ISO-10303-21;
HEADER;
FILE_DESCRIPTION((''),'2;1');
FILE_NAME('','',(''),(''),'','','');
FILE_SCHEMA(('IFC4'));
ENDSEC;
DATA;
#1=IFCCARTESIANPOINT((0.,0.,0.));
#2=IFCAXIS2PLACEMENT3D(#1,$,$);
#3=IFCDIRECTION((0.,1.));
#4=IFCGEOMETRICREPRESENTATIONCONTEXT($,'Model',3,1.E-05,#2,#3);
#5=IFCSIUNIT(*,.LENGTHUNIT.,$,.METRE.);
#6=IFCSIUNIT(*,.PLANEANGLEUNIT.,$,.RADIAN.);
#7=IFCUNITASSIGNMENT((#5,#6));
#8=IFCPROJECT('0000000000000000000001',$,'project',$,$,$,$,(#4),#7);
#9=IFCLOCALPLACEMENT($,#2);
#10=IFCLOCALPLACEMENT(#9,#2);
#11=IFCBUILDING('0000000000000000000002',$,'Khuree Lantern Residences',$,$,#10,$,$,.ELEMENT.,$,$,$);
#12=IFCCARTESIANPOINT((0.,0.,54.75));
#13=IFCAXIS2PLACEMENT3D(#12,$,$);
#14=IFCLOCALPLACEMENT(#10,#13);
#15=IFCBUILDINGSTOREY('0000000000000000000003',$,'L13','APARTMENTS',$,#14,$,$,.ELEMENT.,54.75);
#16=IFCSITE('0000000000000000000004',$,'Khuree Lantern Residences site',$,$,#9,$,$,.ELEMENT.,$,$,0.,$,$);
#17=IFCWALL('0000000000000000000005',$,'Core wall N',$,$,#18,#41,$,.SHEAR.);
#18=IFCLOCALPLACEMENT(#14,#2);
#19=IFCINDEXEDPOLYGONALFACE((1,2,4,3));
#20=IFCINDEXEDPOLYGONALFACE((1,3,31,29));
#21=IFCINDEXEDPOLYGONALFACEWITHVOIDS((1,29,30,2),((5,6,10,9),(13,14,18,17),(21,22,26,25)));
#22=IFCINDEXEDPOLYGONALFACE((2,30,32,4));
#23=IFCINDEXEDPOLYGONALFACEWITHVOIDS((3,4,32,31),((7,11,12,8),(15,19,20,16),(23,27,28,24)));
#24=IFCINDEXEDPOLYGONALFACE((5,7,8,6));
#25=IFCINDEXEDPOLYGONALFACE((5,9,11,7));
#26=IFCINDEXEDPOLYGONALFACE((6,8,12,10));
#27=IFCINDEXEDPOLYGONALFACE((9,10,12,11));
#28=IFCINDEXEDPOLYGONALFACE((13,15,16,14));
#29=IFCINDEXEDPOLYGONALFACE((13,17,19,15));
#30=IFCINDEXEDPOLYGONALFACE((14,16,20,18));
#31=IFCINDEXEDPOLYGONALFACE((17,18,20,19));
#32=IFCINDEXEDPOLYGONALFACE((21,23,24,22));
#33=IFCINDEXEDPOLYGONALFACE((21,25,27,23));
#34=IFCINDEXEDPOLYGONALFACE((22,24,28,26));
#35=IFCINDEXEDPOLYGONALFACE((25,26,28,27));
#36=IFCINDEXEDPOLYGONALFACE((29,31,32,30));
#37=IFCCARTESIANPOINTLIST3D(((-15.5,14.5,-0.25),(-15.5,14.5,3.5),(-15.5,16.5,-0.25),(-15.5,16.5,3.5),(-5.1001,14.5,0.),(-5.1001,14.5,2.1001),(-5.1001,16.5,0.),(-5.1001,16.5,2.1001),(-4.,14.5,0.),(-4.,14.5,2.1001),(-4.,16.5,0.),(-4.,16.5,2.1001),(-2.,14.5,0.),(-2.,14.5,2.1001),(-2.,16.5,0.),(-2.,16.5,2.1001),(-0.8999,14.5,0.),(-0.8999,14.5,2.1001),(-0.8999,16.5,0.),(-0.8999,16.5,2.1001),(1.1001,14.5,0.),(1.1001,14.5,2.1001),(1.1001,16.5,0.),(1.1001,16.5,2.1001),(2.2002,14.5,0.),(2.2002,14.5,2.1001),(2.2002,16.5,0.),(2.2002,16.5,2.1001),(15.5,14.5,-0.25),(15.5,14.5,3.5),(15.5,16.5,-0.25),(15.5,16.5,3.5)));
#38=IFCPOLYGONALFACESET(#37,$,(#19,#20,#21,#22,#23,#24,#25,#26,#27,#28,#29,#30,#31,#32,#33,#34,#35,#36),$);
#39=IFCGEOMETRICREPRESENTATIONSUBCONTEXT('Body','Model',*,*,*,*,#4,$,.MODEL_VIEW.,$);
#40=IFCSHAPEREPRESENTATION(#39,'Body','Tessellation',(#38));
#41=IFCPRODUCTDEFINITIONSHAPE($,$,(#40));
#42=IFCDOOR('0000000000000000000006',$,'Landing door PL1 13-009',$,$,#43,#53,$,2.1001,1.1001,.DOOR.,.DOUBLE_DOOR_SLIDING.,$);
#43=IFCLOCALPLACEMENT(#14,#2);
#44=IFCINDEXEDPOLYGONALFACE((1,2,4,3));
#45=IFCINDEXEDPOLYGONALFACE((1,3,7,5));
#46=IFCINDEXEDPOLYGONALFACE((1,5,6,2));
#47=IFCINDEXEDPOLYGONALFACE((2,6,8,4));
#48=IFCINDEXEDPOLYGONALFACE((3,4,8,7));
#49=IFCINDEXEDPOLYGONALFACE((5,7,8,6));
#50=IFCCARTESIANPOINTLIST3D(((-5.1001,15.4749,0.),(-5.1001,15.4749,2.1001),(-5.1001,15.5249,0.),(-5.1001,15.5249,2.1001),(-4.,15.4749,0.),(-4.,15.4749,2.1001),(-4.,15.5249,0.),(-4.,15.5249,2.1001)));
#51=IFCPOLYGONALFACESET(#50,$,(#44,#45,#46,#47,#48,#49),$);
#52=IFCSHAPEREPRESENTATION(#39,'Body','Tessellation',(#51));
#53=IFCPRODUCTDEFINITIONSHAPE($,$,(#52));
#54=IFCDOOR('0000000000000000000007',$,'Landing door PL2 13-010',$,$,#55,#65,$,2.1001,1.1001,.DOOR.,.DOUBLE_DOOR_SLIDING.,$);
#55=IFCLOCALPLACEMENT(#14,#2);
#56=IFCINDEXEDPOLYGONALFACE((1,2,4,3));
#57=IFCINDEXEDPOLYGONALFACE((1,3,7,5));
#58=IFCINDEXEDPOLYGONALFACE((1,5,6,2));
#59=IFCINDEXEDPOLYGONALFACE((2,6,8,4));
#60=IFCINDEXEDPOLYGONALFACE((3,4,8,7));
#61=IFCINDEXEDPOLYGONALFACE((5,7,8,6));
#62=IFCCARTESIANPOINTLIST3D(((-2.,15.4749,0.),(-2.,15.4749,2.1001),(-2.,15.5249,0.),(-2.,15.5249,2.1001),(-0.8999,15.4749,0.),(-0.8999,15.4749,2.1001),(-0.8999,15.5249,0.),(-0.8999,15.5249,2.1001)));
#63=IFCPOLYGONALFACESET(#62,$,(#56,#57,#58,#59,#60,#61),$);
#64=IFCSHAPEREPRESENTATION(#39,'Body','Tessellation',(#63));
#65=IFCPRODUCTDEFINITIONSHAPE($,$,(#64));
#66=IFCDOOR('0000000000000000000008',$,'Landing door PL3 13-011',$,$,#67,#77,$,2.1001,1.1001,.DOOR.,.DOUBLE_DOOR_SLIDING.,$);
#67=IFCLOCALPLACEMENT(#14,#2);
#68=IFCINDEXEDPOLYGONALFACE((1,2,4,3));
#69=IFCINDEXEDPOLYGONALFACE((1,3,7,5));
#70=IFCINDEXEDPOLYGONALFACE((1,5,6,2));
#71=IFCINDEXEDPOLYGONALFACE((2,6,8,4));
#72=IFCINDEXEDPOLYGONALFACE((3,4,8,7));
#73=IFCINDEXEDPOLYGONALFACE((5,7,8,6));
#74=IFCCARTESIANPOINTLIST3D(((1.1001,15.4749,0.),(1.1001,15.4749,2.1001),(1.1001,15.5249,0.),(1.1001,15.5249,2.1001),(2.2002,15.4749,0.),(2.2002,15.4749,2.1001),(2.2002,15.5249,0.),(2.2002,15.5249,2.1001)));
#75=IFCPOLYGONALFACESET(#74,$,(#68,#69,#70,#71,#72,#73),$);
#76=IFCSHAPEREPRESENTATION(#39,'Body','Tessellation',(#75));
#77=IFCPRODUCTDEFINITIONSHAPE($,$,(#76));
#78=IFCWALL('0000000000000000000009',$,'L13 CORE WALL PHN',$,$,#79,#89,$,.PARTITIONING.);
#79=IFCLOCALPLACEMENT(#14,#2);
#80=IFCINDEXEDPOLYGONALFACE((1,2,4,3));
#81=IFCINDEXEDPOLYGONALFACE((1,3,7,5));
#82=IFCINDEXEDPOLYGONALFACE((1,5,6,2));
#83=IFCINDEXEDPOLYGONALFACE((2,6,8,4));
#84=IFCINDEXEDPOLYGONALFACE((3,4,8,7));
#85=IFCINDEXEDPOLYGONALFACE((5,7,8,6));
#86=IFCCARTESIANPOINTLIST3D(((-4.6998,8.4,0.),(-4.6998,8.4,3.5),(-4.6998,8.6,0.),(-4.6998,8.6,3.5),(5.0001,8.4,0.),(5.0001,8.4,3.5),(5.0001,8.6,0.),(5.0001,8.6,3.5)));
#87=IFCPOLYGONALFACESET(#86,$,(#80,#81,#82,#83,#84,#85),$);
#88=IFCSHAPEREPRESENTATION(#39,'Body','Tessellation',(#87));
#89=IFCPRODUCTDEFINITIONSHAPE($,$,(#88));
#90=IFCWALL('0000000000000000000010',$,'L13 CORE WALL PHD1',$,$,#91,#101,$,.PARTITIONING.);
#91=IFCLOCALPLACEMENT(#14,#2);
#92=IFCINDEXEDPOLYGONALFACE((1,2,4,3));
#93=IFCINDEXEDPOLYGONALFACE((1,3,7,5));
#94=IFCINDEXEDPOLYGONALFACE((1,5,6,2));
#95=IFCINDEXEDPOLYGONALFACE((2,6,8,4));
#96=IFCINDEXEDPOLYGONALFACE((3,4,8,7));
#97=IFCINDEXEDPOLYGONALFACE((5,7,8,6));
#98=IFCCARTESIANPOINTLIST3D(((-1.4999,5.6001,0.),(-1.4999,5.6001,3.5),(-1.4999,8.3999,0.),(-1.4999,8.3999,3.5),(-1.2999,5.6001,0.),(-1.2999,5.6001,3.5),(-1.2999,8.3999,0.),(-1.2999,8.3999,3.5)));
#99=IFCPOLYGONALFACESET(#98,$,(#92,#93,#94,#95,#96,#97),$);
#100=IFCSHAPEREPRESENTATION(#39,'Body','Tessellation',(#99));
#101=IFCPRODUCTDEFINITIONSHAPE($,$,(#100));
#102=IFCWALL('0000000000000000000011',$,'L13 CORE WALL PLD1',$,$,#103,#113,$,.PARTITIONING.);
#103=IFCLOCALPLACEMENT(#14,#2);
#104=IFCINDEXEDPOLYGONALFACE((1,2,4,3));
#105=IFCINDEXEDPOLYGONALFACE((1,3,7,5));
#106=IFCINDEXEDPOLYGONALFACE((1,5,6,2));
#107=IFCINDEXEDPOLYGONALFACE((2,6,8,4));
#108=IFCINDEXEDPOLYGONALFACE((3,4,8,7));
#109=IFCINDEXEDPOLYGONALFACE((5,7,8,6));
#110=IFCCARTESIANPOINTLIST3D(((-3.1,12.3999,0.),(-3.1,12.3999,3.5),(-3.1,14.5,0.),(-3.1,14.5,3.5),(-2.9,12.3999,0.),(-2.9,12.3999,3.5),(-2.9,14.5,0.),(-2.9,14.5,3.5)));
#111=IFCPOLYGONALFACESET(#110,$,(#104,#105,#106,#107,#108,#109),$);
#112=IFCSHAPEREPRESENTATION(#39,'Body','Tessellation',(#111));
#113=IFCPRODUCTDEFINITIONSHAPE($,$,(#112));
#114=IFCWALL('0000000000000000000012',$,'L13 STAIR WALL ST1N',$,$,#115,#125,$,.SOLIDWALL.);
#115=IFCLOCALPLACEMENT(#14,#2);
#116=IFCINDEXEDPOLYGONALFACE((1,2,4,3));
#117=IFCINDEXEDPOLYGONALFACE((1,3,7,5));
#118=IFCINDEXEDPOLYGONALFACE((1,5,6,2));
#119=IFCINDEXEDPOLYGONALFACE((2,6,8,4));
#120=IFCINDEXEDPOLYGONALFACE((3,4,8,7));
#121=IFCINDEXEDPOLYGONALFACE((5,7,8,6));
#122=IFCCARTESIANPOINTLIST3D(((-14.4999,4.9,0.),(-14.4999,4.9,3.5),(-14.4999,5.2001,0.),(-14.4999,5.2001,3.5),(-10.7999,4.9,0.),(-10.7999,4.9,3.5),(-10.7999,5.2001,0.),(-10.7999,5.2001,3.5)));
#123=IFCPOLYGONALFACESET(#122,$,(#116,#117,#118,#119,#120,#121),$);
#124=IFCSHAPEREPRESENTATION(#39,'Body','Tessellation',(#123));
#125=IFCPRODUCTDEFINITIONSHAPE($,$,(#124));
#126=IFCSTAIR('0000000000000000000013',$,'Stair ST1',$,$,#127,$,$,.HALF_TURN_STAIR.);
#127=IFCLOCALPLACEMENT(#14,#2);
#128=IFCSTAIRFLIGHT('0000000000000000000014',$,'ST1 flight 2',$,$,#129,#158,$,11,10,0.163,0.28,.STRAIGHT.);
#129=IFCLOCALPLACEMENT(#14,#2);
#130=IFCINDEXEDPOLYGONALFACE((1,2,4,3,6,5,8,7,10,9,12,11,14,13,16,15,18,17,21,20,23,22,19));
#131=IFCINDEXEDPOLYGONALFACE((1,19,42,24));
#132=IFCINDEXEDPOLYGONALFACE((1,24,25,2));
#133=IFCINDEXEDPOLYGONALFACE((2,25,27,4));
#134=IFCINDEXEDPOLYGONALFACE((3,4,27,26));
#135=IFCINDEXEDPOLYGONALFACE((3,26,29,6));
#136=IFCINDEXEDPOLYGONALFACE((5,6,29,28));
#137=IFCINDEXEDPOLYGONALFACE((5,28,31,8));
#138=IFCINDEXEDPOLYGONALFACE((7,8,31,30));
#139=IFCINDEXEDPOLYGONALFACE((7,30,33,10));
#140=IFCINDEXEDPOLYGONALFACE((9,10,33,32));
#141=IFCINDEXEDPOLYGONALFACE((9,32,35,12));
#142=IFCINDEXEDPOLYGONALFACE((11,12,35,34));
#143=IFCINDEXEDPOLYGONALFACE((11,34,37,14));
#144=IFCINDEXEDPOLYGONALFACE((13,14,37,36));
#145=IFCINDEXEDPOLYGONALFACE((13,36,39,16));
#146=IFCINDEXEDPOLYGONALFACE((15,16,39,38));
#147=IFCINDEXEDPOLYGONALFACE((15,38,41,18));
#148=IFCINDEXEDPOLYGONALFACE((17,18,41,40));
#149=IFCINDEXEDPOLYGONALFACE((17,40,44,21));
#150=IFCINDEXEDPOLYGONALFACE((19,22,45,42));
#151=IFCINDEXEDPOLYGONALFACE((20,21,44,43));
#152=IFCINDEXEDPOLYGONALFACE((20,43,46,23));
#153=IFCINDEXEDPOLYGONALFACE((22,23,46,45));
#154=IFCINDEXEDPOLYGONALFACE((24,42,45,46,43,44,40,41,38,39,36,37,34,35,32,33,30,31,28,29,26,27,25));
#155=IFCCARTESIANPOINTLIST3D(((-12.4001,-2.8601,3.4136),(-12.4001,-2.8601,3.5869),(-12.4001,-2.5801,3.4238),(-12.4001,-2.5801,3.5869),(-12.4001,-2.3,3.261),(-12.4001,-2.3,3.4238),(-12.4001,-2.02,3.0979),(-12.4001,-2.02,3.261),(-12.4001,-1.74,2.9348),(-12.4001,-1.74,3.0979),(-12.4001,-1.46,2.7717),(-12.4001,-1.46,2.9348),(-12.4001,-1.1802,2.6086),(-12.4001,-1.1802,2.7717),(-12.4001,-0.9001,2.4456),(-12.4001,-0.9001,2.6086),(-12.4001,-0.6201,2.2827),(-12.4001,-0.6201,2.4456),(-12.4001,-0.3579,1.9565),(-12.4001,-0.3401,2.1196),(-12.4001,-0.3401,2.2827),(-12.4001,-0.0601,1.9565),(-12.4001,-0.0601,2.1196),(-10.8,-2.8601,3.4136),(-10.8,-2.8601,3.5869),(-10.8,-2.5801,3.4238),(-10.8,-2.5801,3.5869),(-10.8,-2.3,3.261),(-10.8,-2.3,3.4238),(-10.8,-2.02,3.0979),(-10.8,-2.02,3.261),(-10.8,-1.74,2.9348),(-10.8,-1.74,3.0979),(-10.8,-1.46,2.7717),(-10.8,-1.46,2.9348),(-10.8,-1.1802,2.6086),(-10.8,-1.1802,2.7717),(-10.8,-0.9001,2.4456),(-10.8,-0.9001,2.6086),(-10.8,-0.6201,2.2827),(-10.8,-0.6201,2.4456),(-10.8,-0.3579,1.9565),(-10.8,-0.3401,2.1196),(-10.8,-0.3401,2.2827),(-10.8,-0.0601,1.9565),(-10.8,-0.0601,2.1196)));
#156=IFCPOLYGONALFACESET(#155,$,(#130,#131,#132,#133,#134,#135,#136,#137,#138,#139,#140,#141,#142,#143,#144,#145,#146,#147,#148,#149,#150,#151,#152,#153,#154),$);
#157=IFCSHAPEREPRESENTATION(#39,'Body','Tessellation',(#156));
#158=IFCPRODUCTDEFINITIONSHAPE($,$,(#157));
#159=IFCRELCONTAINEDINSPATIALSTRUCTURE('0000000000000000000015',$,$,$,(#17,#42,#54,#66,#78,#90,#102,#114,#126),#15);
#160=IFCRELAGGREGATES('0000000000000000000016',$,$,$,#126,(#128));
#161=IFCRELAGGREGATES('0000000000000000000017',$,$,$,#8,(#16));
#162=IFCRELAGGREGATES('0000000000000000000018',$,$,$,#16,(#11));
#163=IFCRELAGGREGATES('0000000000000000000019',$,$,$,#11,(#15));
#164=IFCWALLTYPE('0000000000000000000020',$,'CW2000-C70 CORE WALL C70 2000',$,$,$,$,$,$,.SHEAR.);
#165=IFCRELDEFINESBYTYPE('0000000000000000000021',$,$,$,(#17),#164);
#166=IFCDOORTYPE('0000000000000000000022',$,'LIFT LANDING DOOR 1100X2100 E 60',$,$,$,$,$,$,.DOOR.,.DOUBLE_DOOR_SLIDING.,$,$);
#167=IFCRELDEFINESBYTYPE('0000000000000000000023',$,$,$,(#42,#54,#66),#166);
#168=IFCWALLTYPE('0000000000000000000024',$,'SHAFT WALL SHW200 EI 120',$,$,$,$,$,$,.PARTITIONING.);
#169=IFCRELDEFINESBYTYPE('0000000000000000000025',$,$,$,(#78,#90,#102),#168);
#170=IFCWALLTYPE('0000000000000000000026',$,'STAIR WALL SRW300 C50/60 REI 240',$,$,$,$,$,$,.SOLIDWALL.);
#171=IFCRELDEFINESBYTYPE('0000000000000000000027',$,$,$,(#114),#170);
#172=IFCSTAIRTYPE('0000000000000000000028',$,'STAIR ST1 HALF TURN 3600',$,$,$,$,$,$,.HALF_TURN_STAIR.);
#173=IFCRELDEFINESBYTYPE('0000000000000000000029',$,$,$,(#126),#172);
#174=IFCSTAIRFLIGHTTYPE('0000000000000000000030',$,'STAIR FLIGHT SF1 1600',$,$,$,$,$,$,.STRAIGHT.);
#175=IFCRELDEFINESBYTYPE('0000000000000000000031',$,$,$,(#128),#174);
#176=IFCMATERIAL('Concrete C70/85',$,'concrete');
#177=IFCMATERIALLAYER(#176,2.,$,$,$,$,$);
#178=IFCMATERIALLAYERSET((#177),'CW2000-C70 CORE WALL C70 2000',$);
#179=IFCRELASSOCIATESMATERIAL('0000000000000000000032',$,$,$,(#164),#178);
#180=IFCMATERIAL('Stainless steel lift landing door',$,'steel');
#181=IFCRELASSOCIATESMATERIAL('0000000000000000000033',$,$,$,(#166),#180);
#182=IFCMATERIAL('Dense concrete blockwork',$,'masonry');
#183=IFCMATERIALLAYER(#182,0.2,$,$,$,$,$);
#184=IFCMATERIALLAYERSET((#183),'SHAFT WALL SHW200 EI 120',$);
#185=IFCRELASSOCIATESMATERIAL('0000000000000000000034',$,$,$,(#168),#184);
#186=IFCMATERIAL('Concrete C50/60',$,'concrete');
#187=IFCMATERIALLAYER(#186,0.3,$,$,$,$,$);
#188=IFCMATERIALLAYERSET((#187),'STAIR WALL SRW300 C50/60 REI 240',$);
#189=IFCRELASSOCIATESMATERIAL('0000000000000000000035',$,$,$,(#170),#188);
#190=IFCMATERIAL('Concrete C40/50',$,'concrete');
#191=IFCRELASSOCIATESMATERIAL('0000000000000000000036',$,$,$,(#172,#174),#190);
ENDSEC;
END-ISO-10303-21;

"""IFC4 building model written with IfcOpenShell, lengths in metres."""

from ifc_helpers import new_model, si_unit, direction, frame, frame_2d, origin, place, context, subcontext, project, spatial, polyline, rectangle, outline, extrude, material, layer, layer_set, type_object, element, fill, aggregate, save


model = new_model("IFC4")

# Units and contexts
model_context = context("Model", 3, precision=1e-05, world=origin(), true_north=direction((0.0, 1.0)))
body_context = subcontext(model_context, "Body", "Model", "MODEL_VIEW")
ifc_project = project(units=[si_unit("LENGTHUNIT", "METRE"), si_unit("PLANEANGLEUNIT", "RADIAN")], contexts=[model_context])

# Site, building, storey
site_placement = place(None, origin())
site = spatial("IfcSite", under=ifc_project, at=site_placement, Name="Khuree Lantern Residences site", CompositionType="ELEMENT", RefElevation=0.0)
building_placement = place(site_placement, origin())
building = spatial("IfcBuilding", under=site, at=building_placement, Name="Khuree Lantern Residences", CompositionType="ELEMENT")
storey_placement = place(building_placement, frame((0.0, 0.0, 54.75)))
storey = spatial("IfcBuildingStorey", under=building, at=storey_placement, Name="L13", Description="APARTMENTS", CompositionType="ELEMENT", Elevation=54.75)

# Shared definitions
ifc_material_1 = material(Name="Dense concrete blockwork", Category="masonry")

# Wall, openings, doors
ifc_material_2 = material(Name="Concrete C70/85", Category="concrete")
ifc_layer_1 = layer(ifc_material_2, 2.0)
ifc_layer_set_1 = layer_set([ifc_layer_1], Name="CW2000-C70 CORE WALL C70 2000")
wall_type_1 = type_object("IfcWallType", Name="CW2000-C70 CORE WALL C70 2000", PredefinedType="SHEAR", material=ifc_layer_set_1)
wall_1_placement = place(storey_placement, frame((-15.5, 15.5, -0.25), z_axis=(0.0, 0.0, 1.0), x_axis=(1.0, 0.0, 0.0)))
wall_1 = element("IfcWall", 1, at=wall_1_placement, inside=storey, type_object=wall_type_1, Name="Core wall N", PredefinedType="SHEAR", context=body_context, shape_type="SweptSolid", body=[
    extrude(rectangle(XDim=31.0, YDim=2.0, at=frame_2d((15.5, 0.0))), origin(), (0.0, 0.0, 1.0), 3.75),
])
opening_1_placement = place(wall_1_placement, frame((10.3999, 0.0, 0.25)))
opening_1 = element("IfcOpeningElement", 2, at=opening_1_placement, cuts=wall_1, PredefinedType="OPENING", context=body_context, shape_type="SweptSolid", body=[
    extrude(rectangle(XDim=1.1001, YDim=2.1001, at=frame_2d((0.55, 1.05))), frame((0.0, 1.01, 0.0), z_axis=(0.0, -1.0, 0.0), x_axis=(1.0, 0.0, 0.0)), (0.0, 0.0, 1.0), 2.02),
])
opening_2_placement = place(wall_1_placement, frame((13.5, 0.0, 0.25)))
opening_2 = element("IfcOpeningElement", 3, at=opening_2_placement, cuts=wall_1, PredefinedType="OPENING", context=body_context, shape_type="SweptSolid", body=[
    extrude(rectangle(XDim=1.1001, YDim=2.1001, at=frame_2d((0.55, 1.05))), frame((0.0, 1.01, 0.0), z_axis=(0.0, -1.0, 0.0), x_axis=(1.0, 0.0, 0.0)), (0.0, 0.0, 1.0), 2.02),
])
opening_3_placement = place(wall_1_placement, frame((16.6001, 0.0, 0.25)))
opening_3 = element("IfcOpeningElement", 4, at=opening_3_placement, cuts=wall_1, PredefinedType="OPENING", context=body_context, shape_type="SweptSolid", body=[
    extrude(rectangle(XDim=1.1001, YDim=2.1001, at=frame_2d((0.55, 1.05))), frame((0.0, 1.01, 0.0), z_axis=(0.0, -1.0, 0.0), x_axis=(1.0, 0.0, 0.0)), (0.0, 0.0, 1.0), 2.02),
])
ifc_material_3 = material(Name="Stainless steel lift landing door", Category="steel")
door_type_1 = type_object("IfcDoorType", Name="LIFT LANDING DOOR 1100X2100 E 60", OperationType="DOUBLE_DOOR_SLIDING", PredefinedType="DOOR", material=ifc_material_3)
door_1_placement = place(opening_1_placement, origin())
door_1 = element("IfcDoor", 5, at=door_1_placement, inside=storey, type_object=door_type_1, Name="Landing door PL1 13-009", OperationType="DOUBLE_DOOR_SLIDING", OverallHeight=2.1001, OverallWidth=1.1001, PredefinedType="DOOR", context=body_context, shape_type="SweptSolid", body=[
    extrude(rectangle(XDim=1.1001, YDim=2.1001, at=frame_2d((0.55, 1.05))), frame((0.0, 0.0249, 0.0), z_axis=(0.0, -1.0, 0.0), x_axis=(1.0, 0.0, 0.0)), (0.0, 0.0, 1.0), 0.05),
])
fill(opening_1, door_1)
door_2_placement = place(opening_2_placement, origin())
door_2 = element("IfcDoor", 6, at=door_2_placement, inside=storey, type_object=door_type_1, Name="Landing door PL2 13-010", OperationType="DOUBLE_DOOR_SLIDING", OverallHeight=2.1001, OverallWidth=1.1001, PredefinedType="DOOR", context=body_context, shape_type="SweptSolid", body=[
    extrude(rectangle(XDim=1.1001, YDim=2.1001, at=frame_2d((0.55, 1.05))), frame((0.0, 0.0249, 0.0), z_axis=(0.0, -1.0, 0.0), x_axis=(1.0, 0.0, 0.0)), (0.0, 0.0, 1.0), 0.05),
])
fill(opening_2, door_2)
door_3_placement = place(opening_3_placement, origin())
door_3 = element("IfcDoor", 7, at=door_3_placement, inside=storey, type_object=door_type_1, Name="Landing door PL3 13-011", OperationType="DOUBLE_DOOR_SLIDING", OverallHeight=2.1001, OverallWidth=1.1001, PredefinedType="DOOR", context=body_context, shape_type="SweptSolid", body=[
    extrude(rectangle(XDim=1.1001, YDim=2.1001, at=frame_2d((0.55, 1.05))), frame((0.0, 0.0249, 0.0), z_axis=(0.0, -1.0, 0.0), x_axis=(1.0, 0.0, 0.0)), (0.0, 0.0, 1.0), 0.05),
])
fill(opening_3, door_3)

# Walls
ifc_layer_2 = layer(ifc_material_1, 0.2)
ifc_layer_set_2 = layer_set([ifc_layer_2], Name="SHAFT WALL SHW200 EI 120")
wall_type_2 = type_object("IfcWallType", Name="SHAFT WALL SHW200 EI 120", PredefinedType="PARTITIONING", material=ifc_layer_set_2)
wall_2_placement = place(storey_placement, frame((-4.7, 8.5, 0.0), z_axis=(0.0, 0.0, 1.0), x_axis=(1.0, 0.0, 0.0)))
element("IfcWall", 8, at=wall_2_placement, inside=storey, type_object=wall_type_2, Name="L13 CORE WALL PHN", PredefinedType="PARTITIONING", context=body_context, shape_type="SweptSolid", body=[
    extrude(rectangle(XDim=9.7, YDim=0.2, at=frame_2d((4.8501, 0.0))), origin(), (0.0, 0.0, 1.0), 3.5),
])
wall_3_placement = place(storey_placement, frame((-1.3999, 5.6001, 0.0), z_axis=(0.0, 0.0, 1.0), x_axis=(0.0, 1.0, 0.0)))
element("IfcWall", 9, at=wall_3_placement, inside=storey, type_object=wall_type_2, Name="L13 CORE WALL PHD1", PredefinedType="PARTITIONING", context=body_context, shape_type="SweptSolid", body=[
    extrude(rectangle(XDim=2.7998, YDim=0.2, at=frame_2d((1.3999, 0.0))), origin(), (0.0, 0.0, 1.0), 3.5),
])
wall_4_placement = place(storey_placement, frame((-3.0, 12.3999, 0.0), z_axis=(0.0, 0.0, 1.0), x_axis=(0.0, 1.0, 0.0)))
element("IfcWall", 10, at=wall_4_placement, inside=storey, type_object=wall_type_2, Name="L13 CORE WALL PLD1", PredefinedType="PARTITIONING", context=body_context, shape_type="SweptSolid", body=[
    extrude(rectangle(XDim=2.1001, YDim=0.2, at=frame_2d((1.05, 0.0))), origin(), (0.0, 0.0, 1.0), 3.5),
])
ifc_material_4 = material(Name="Concrete C50/60", Category="concrete")
ifc_layer_3 = layer(ifc_material_4, 0.3)
ifc_layer_set_3 = layer_set([ifc_layer_3], Name="STAIR WALL SRW300 C50/60 REI 240")
wall_type_3 = type_object("IfcWallType", Name="STAIR WALL SRW300 C50/60 REI 240", PredefinedType="SOLIDWALL", material=ifc_layer_set_3)
wall_5_placement = place(storey_placement, frame((-14.5, 5.05, 0.0), z_axis=(0.0, 0.0, 1.0), x_axis=(1.0, 0.0, 0.0)))
element("IfcWall", 11, at=wall_5_placement, inside=storey, type_object=wall_type_3, Name="L13 STAIR WALL ST1N", PredefinedType="SOLIDWALL", context=body_context, shape_type="SweptSolid", body=[
    extrude(rectangle(XDim=3.7, YDim=0.3, at=frame_2d((1.8501, 0.0))), origin(), (0.0, 0.0, 1.0), 3.5),
])

# Stair, stair flight
ifc_material_5 = material(Name="Concrete C40/50", Category="concrete")
stair_type = type_object("IfcStairType", Name="STAIR ST1 HALF TURN 3600", PredefinedType="HALF_TURN_STAIR", material=ifc_material_5)
stair_placement = place(storey_placement, origin())
stair = element("IfcStair", 12, at=stair_placement, inside=storey, type_object=stair_type, Name="Stair ST1", PredefinedType="HALF_TURN_STAIR")
stair_flight_type = type_object("IfcStairFlightType", Name="STAIR FLIGHT SF1 1600", PredefinedType="STRAIGHT", material=ifc_material_5)
stair_flight_placement = place(storey_placement, frame((-11.6001, -0.0601, 1.9565), z_axis=(0.0, 0.0, 1.0), x_axis=(0.0, -1.0, 0.0)))
stair_flight = element("IfcStairFlight", 13, at=stair_flight_placement, type_object=stair_flight_type, Name="ST1 flight 2", NumberOfRisers=11, NumberOfTreads=10, PredefinedType="STRAIGHT", RiserHeight=0.163, TreadLength=0.28, context=body_context, shape_type="SweptSolid", body=[
    extrude(outline(polyline([(0.0, 0.0), (0.0, 0.1631), (0.28, 0.1631), (0.28, 0.3262), (0.5601, 0.3262), (0.5601, 0.489), (0.8401, 0.489), (0.8401, 0.6521), (1.1201, 0.6521), (1.1201, 0.8152), (1.3999, 0.8152), (1.3999, 0.9783), (1.6799, 0.9783), (1.6799, 1.1414), (1.96, 1.1414), (1.96, 1.3044), (2.24, 1.3044), (2.24, 1.4673), (2.52, 1.4673), (2.52, 1.6304), (2.8, 1.6304), (2.8, 1.7935), (2.8, 1.457), (0.2979, 0.0), (0.0, 0.0)])), frame((0.0, 0.8, 0.0), z_axis=(0.0, -1.0, 0.0), x_axis=(1.0, 0.0, 0.0)), (0.0, 0.0, 1.0), 1.6001),
])
aggregate(stair, [stair_flight])

save(model, "model.ifc")
